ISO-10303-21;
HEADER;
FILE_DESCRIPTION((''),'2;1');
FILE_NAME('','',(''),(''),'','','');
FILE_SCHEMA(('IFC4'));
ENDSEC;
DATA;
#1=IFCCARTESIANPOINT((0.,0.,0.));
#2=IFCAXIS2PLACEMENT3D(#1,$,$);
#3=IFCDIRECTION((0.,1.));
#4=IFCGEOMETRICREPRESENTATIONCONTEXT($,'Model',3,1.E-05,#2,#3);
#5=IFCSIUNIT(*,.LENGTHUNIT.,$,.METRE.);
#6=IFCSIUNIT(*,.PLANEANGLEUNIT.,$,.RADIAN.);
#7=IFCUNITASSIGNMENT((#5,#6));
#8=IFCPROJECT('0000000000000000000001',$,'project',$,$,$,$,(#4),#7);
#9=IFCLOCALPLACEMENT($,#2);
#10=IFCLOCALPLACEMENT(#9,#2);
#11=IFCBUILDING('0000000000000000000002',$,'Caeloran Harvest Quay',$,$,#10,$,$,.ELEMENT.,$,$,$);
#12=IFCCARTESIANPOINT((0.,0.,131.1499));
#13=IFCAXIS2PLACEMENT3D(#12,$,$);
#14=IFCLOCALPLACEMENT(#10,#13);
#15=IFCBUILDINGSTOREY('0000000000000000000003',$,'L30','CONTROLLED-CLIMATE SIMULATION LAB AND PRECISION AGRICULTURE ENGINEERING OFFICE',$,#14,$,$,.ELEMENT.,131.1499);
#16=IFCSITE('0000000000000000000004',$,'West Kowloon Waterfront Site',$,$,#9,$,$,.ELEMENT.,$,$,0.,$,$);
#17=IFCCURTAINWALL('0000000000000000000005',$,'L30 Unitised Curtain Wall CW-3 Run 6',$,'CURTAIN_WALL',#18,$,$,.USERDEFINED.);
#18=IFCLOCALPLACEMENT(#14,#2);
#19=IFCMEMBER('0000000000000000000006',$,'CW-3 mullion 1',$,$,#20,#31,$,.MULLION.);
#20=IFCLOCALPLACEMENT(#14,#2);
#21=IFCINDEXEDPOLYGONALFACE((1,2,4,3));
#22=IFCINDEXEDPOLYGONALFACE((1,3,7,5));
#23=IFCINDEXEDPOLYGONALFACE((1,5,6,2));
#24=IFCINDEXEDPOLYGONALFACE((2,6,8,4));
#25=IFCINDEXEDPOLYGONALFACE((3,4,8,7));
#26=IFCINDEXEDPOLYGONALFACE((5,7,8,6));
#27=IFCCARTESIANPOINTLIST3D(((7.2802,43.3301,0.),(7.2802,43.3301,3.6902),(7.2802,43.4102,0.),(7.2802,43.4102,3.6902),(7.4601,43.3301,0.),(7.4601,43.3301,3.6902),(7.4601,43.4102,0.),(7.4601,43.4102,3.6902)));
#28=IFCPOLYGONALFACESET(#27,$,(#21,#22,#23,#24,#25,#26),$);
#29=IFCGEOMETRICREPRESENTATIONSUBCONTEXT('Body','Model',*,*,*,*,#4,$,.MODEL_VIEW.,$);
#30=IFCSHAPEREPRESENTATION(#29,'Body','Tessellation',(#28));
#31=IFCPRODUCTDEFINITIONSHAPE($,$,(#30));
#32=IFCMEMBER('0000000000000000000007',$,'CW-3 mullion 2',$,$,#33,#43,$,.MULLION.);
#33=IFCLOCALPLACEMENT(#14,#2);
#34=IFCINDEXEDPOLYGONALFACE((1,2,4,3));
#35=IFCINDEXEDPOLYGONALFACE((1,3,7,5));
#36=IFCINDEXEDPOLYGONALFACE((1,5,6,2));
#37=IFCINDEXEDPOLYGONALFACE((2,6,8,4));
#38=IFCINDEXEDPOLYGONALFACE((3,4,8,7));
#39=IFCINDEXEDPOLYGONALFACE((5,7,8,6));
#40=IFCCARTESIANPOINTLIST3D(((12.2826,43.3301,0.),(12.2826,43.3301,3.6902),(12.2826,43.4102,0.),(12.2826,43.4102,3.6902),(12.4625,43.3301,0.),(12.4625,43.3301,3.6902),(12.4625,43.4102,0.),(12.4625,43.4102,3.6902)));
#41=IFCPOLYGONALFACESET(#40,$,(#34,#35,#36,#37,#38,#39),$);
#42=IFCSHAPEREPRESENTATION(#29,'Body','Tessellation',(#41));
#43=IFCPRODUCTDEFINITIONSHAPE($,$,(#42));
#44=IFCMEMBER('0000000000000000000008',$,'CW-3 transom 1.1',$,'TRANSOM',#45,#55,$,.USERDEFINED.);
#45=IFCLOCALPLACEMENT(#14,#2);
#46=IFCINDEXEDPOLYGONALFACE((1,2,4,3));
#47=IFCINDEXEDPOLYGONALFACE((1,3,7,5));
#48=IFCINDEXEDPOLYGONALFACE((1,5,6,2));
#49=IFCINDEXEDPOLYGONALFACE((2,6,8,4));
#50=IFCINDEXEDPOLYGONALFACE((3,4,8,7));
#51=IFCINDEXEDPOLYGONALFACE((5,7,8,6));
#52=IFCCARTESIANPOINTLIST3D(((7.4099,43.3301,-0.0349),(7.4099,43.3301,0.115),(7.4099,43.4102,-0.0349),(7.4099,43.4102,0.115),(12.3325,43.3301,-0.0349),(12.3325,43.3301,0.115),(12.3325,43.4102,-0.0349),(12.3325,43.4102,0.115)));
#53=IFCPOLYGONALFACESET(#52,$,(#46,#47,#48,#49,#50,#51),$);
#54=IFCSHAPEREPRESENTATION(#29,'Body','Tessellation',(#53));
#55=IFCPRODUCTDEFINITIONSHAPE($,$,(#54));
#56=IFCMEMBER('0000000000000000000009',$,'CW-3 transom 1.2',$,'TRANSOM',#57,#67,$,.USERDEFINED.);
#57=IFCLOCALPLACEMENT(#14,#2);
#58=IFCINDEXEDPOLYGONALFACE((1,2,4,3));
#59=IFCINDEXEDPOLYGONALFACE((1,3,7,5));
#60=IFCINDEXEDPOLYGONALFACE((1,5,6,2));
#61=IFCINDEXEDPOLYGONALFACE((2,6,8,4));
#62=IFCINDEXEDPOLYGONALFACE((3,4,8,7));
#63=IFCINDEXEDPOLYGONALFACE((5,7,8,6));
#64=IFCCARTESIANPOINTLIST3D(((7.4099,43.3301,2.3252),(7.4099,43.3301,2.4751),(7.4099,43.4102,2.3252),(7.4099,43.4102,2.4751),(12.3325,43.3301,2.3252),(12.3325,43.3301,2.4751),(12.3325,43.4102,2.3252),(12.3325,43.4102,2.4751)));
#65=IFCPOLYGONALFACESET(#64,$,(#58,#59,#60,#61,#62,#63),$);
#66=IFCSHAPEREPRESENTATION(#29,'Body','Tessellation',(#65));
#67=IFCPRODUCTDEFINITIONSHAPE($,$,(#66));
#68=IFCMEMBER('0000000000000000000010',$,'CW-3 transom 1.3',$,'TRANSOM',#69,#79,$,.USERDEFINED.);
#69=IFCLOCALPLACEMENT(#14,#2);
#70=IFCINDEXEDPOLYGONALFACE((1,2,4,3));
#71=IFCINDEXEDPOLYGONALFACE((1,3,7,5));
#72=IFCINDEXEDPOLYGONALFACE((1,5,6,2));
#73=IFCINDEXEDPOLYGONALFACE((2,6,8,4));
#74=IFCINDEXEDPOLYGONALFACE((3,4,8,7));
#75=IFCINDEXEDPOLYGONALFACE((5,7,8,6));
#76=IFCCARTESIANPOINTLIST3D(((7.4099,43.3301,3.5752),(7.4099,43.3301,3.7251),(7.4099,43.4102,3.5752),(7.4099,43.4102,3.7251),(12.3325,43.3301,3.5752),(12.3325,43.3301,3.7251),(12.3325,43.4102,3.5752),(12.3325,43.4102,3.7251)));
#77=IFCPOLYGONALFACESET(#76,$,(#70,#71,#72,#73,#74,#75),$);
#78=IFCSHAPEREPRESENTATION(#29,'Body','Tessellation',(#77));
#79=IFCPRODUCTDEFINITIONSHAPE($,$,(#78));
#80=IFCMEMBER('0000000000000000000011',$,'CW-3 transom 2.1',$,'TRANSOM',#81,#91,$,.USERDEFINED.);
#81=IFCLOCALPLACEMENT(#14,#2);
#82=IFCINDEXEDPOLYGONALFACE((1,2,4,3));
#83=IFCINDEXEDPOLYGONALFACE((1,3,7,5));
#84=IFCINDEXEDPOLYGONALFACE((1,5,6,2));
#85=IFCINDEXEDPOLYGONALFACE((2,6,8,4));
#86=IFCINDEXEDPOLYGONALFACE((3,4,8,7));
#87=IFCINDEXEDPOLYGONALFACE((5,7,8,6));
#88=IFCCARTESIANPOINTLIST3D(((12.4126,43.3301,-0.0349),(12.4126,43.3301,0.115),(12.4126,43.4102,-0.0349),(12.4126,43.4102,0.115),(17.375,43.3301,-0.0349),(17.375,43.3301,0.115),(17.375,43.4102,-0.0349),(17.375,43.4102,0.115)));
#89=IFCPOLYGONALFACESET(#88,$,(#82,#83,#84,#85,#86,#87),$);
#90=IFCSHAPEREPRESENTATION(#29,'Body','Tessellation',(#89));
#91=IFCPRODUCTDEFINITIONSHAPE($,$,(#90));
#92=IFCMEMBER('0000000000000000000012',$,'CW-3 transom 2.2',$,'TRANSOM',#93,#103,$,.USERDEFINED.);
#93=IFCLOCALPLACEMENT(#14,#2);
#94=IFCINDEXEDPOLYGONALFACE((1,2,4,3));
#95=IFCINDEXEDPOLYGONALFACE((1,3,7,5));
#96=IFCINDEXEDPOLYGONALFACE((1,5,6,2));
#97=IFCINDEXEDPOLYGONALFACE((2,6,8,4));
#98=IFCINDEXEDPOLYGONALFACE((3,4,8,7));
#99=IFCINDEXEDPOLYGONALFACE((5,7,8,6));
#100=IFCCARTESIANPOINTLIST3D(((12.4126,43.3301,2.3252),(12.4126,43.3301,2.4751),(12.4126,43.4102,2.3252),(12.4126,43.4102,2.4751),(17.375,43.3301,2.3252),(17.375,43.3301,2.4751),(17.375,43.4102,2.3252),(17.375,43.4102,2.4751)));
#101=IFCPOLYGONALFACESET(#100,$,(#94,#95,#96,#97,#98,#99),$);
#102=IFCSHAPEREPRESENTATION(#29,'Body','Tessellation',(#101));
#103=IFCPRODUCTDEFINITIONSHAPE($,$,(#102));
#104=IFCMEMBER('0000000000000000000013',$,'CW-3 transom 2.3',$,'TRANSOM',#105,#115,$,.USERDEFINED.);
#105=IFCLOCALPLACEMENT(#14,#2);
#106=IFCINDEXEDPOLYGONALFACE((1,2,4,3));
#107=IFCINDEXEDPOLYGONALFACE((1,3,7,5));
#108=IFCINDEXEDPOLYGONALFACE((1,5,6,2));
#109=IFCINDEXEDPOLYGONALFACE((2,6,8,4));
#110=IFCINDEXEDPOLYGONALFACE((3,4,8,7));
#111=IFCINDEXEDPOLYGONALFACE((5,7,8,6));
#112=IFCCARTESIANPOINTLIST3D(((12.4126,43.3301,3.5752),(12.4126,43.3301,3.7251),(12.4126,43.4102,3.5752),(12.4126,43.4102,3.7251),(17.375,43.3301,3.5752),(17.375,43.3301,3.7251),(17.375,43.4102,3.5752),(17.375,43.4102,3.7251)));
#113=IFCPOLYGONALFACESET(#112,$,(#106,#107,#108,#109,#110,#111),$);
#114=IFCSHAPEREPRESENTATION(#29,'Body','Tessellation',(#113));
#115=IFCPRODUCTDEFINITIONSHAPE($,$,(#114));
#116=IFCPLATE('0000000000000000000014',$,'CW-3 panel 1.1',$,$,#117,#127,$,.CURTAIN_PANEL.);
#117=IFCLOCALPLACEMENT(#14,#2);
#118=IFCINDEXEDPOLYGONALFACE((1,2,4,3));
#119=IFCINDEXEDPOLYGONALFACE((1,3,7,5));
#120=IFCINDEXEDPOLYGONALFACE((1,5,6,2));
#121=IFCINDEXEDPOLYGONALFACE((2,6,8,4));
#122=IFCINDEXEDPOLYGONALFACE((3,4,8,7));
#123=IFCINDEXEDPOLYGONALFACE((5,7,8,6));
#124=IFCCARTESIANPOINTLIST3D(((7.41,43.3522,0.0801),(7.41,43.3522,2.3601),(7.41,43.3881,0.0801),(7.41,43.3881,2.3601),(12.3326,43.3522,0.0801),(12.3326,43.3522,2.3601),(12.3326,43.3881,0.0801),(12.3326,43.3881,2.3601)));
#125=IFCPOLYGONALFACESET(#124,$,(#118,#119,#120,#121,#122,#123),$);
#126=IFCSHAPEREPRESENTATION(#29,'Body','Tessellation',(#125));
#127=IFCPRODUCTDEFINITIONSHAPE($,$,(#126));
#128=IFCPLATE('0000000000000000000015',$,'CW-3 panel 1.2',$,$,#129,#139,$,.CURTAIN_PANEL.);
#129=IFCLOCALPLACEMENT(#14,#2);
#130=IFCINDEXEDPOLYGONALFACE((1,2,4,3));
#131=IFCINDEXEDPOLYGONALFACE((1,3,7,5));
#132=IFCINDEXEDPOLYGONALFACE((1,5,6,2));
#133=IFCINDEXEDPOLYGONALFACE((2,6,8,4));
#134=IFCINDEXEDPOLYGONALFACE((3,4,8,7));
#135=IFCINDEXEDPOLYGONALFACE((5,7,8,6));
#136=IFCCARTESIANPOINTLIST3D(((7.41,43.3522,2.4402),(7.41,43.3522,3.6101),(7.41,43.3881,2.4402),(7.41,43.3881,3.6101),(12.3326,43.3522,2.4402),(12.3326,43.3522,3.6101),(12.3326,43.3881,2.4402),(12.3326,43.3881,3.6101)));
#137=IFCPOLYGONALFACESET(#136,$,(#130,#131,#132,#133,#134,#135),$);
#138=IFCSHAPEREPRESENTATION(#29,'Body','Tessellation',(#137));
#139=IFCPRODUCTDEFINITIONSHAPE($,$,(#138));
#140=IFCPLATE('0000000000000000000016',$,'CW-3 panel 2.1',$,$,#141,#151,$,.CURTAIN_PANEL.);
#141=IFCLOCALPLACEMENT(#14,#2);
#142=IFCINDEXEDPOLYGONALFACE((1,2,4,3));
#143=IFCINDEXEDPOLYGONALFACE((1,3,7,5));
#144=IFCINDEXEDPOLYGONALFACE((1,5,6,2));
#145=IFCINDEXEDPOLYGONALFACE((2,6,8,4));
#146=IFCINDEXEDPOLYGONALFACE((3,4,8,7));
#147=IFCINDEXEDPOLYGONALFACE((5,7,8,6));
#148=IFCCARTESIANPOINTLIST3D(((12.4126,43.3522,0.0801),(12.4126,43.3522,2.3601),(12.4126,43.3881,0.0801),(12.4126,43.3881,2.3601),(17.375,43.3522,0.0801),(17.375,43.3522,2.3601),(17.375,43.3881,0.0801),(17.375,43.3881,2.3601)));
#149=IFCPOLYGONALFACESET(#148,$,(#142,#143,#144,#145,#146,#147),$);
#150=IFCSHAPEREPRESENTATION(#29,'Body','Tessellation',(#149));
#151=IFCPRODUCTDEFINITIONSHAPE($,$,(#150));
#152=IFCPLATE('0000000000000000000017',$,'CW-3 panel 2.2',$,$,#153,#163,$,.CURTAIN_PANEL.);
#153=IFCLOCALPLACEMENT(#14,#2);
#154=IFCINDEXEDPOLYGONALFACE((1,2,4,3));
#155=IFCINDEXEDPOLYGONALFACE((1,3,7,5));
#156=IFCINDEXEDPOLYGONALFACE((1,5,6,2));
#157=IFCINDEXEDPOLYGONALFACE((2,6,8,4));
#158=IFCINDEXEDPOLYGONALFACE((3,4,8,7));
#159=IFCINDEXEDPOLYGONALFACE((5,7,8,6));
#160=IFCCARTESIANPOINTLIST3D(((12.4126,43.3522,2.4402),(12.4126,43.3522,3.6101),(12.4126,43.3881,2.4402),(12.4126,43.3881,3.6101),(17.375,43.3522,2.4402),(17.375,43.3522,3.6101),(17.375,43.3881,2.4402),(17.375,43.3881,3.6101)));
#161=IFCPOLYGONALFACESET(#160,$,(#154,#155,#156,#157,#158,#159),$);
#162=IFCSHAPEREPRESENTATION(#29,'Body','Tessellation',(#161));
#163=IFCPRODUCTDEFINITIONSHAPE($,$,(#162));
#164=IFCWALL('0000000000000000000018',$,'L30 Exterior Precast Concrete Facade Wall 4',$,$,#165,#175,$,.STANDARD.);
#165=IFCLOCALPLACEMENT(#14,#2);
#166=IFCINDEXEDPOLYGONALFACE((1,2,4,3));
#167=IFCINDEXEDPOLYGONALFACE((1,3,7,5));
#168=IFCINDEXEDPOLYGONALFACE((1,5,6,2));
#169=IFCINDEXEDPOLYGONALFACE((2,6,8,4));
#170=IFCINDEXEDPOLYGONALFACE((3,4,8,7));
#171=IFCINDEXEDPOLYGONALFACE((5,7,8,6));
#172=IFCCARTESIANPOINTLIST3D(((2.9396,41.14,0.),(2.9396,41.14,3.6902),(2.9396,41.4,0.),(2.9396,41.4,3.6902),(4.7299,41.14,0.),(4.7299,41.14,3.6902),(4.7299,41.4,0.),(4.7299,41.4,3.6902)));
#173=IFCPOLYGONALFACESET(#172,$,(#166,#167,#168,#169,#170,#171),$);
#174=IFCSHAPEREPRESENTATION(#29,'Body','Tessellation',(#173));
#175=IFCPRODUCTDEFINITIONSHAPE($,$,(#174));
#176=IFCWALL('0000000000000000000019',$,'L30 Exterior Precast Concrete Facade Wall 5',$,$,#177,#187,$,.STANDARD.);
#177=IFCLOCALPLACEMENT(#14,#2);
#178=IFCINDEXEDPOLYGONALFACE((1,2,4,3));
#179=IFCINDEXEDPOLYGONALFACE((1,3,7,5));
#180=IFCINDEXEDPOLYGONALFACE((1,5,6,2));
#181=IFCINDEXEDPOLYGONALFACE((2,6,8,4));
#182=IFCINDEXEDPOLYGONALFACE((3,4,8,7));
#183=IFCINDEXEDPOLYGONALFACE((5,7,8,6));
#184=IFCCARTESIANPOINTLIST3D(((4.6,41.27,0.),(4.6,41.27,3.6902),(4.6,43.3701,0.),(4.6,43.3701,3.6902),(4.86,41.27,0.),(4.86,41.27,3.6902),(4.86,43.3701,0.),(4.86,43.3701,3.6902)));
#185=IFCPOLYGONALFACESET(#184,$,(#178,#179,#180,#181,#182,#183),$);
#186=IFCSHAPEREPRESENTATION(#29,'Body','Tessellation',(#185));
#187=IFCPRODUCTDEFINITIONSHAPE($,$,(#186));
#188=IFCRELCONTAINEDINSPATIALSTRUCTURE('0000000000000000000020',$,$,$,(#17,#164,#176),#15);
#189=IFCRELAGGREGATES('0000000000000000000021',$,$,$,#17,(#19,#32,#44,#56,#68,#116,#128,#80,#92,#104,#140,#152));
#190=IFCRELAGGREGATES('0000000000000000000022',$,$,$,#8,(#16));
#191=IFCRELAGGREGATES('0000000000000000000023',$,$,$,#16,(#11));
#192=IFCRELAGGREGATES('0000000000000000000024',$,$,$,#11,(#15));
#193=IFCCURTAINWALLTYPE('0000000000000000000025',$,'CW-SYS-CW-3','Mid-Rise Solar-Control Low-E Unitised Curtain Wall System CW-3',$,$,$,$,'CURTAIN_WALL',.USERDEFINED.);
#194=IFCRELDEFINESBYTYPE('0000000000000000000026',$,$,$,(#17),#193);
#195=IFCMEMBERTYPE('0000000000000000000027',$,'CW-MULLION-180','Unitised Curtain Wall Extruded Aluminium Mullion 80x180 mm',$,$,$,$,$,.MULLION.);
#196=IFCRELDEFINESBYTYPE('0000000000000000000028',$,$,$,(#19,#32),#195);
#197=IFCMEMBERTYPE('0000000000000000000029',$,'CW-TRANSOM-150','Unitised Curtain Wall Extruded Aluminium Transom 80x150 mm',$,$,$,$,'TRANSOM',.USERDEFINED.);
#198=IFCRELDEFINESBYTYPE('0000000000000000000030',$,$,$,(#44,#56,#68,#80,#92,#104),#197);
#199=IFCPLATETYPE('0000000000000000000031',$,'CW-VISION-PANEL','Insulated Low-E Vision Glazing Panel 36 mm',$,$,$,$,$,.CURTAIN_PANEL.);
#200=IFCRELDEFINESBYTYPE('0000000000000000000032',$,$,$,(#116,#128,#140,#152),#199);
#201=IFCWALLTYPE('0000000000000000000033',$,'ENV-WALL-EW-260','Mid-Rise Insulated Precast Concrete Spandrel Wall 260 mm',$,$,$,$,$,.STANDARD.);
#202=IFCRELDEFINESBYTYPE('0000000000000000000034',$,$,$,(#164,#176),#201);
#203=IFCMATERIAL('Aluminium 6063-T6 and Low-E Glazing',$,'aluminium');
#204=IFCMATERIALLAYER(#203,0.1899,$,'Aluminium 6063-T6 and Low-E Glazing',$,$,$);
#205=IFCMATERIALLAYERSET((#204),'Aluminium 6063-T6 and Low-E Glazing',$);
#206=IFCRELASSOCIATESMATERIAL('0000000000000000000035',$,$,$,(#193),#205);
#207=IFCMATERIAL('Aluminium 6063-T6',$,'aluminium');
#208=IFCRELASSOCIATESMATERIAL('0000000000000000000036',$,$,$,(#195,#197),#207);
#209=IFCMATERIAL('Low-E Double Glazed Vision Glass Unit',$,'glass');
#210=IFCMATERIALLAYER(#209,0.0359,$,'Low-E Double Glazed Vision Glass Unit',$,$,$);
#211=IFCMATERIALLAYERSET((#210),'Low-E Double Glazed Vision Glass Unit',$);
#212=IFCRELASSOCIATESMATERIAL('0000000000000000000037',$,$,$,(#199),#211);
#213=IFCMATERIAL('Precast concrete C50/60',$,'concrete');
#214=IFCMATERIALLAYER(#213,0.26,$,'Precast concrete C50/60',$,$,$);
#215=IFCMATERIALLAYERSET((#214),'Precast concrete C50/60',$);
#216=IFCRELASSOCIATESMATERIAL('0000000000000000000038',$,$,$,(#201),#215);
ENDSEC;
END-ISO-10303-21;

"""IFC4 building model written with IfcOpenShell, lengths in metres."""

from ifc_helpers import new_model, si_unit, direction, frame, frame_2d, origin, origin_2d, place, context, subcontext, project, spatial, rectangle, extrude, material, layer, layer_set, material_profile, profile_set, type_object, element, aggregate, save


model = new_model("IFC4")

# Units and contexts
model_context = context("Model", 3, precision=1e-05, world=origin(), true_north=direction((0.0, 1.0)))
body_context = subcontext(model_context, "Body", "Model", "MODEL_VIEW")
ifc_project = project(units=[si_unit("LENGTHUNIT", "METRE"), si_unit("PLANEANGLEUNIT", "RADIAN")], contexts=[model_context])

# Site, building, storey
site_placement = place(None, origin())
site = spatial("IfcSite", under=ifc_project, at=site_placement, Name="West Kowloon Waterfront Site", CompositionType="ELEMENT", RefElevation=0.0)
building_placement = place(site_placement, origin())
building = spatial("IfcBuilding", under=site, at=building_placement, Name="Caeloran Harvest Quay", CompositionType="ELEMENT")
storey_placement = place(building_placement, frame((0.0, 0.0, 131.1499)))
storey = spatial("IfcBuildingStorey", under=building, at=storey_placement, Name="L30", Description="CONTROLLED-CLIMATE SIMULATION LAB AND PRECISION AGRICULTURE ENGINEERING OFFICE", CompositionType="ELEMENT", Elevation=131.1499)

# Curtain wall, members, plates
ifc_material_1 = material(Name="Aluminium 6063-T6 and Low-E Glazing", Category="aluminium")
ifc_layer_1 = layer(ifc_material_1, 0.1899, Name="Aluminium 6063-T6 and Low-E Glazing")
ifc_layer_set_1 = layer_set([ifc_layer_1], Name="Aluminium 6063-T6 and Low-E Glazing")
curtain_wall_type = type_object("IfcCurtainWallType", Name="CW-SYS-CW-3", Description="Mid-Rise Solar-Control Low-E Unitised Curtain Wall System CW-3", ElementType="CURTAIN_WALL", PredefinedType="USERDEFINED", material=ifc_layer_set_1)
curtain_wall_placement = place(storey_placement, origin())
curtain_wall = element("IfcCurtainWall", 1, at=curtain_wall_placement, inside=storey, type_object=curtain_wall_type, Name="L30 Unitised Curtain Wall CW-3 Run 6", ObjectType="CURTAIN_WALL", PredefinedType="USERDEFINED")
ifc_material_2 = material(Name="Aluminium 6063-T6", Category="aluminium")
ifc_material_profile_1 = material_profile(ifc_material_2, rectangle(XDim=0.0801, YDim=0.1799, at=origin_2d()), Name="CW-MULLION-180")
ifc_profile_set_1 = profile_set([ifc_material_profile_1], Name="Aluminium 6063-T6")
member_type_1 = type_object("IfcMemberType", Name="CW-MULLION-180", Description="Unitised Curtain Wall Extruded Aluminium Mullion 80x180 mm", PredefinedType="MULLION", material=ifc_profile_set_1)
member_1_placement = place(storey_placement, frame((7.3701, 43.3701, 0.0), z_axis=(0.0, 0.0, 1.0), x_axis=(0.0, 1.0, 0.0)))
member_1 = element("IfcMember", 2, at=member_1_placement, type_object=member_type_1, Name="CW-3 mullion 1", PredefinedType="MULLION", context=body_context, shape_type="SweptSolid", body=[
    extrude(rectangle(XDim=0.0801, YDim=0.1799, at=origin_2d()), origin(), (0.0, 0.0, 1.0), 3.6902),
])
member_2_placement = place(storey_placement, frame((12.3726, 43.3701, 0.0), z_axis=(0.0, 0.0, 1.0), x_axis=(0.0, 1.0, 0.0)))
member_2 = element("IfcMember", 3, at=member_2_placement, type_object=member_type_1, Name="CW-3 mullion 2", PredefinedType="MULLION", context=body_context, shape_type="SweptSolid", body=[
    extrude(rectangle(XDim=0.0801, YDim=0.1799, at=origin_2d()), origin(), (0.0, 0.0, 1.0), 3.6902),
])
ifc_material_profile_2 = material_profile(ifc_material_2, rectangle(XDim=0.0801, YDim=0.1499, at=origin_2d()), Name="CW-TRANSOM-150")
ifc_profile_set_2 = profile_set([ifc_material_profile_2], Name="Aluminium 6063-T6")
member_type_2 = type_object("IfcMemberType", Name="CW-TRANSOM-150", Description="Unitised Curtain Wall Extruded Aluminium Transom 80x150 mm", ElementType="TRANSOM", PredefinedType="USERDEFINED", material=ifc_profile_set_2)
member_3_placement = place(storey_placement, frame((7.4099, 43.3701, 0.04), z_axis=(1.0, 0.0, 0.0), x_axis=(0.0, 1.0, 0.0)))
member_3 = element("IfcMember", 4, at=member_3_placement, type_object=member_type_2, Name="CW-3 transom 1.1", ObjectType="TRANSOM", PredefinedType="USERDEFINED", context=body_context, shape_type="SweptSolid", body=[
    extrude(rectangle(XDim=0.0801, YDim=0.1499, at=origin_2d()), origin(), (0.0, 0.0, 1.0), 4.9226),
])
member_4_placement = place(storey_placement, frame((7.4099, 43.3701, 2.4001), z_axis=(1.0, 0.0, 0.0), x_axis=(0.0, 1.0, 0.0)))
member_4 = element("IfcMember", 5, at=member_4_placement, type_object=member_type_2, Name="CW-3 transom 1.2", ObjectType="TRANSOM", PredefinedType="USERDEFINED", context=body_context, shape_type="SweptSolid", body=[
    extrude(rectangle(XDim=0.0801, YDim=0.1499, at=origin_2d()), origin(), (0.0, 0.0, 1.0), 4.9226),
])
member_5_placement = place(storey_placement, frame((7.4099, 43.3701, 3.6501), z_axis=(1.0, 0.0, 0.0), x_axis=(0.0, 1.0, 0.0)))
member_5 = element("IfcMember", 6, at=member_5_placement, type_object=member_type_2, Name="CW-3 transom 1.3", ObjectType="TRANSOM", PredefinedType="USERDEFINED", context=body_context, shape_type="SweptSolid", body=[
    extrude(rectangle(XDim=0.0801, YDim=0.1499, at=origin_2d()), origin(), (0.0, 0.0, 1.0), 4.9226),
])
member_6_placement = place(storey_placement, frame((12.4126, 43.3701, 0.04), z_axis=(1.0, 0.0, 0.0), x_axis=(0.0, 1.0, 0.0)))
member_6 = element("IfcMember", 7, at=member_6_placement, type_object=member_type_2, Name="CW-3 transom 2.1", ObjectType="TRANSOM", PredefinedType="USERDEFINED", context=body_context, shape_type="SweptSolid", body=[
    extrude(rectangle(XDim=0.0801, YDim=0.1499, at=origin_2d()), origin(), (0.0, 0.0, 1.0), 4.9624),
])
member_7_placement = place(storey_placement, frame((12.4126, 43.3701, 2.4001), z_axis=(1.0, 0.0, 0.0), x_axis=(0.0, 1.0, 0.0)))
member_7 = element("IfcMember", 8, at=member_7_placement, type_object=member_type_2, Name="CW-3 transom 2.2", ObjectType="TRANSOM", PredefinedType="USERDEFINED", context=body_context, shape_type="SweptSolid", body=[
    extrude(rectangle(XDim=0.0801, YDim=0.1499, at=origin_2d()), origin(), (0.0, 0.0, 1.0), 4.9624),
])
member_8_placement = place(storey_placement, frame((12.4126, 43.3701, 3.6501), z_axis=(1.0, 0.0, 0.0), x_axis=(0.0, 1.0, 0.0)))
member_8 = element("IfcMember", 9, at=member_8_placement, type_object=member_type_2, Name="CW-3 transom 2.3", ObjectType="TRANSOM", PredefinedType="USERDEFINED", context=body_context, shape_type="SweptSolid", body=[
    extrude(rectangle(XDim=0.0801, YDim=0.1499, at=origin_2d()), origin(), (0.0, 0.0, 1.0), 4.9624),
])
ifc_material_3 = material(Name="Low-E Double Glazed Vision Glass Unit", Category="glass")
ifc_layer_2 = layer(ifc_material_3, 0.0359, Name="Low-E Double Glazed Vision Glass Unit")
ifc_layer_set_2 = layer_set([ifc_layer_2], Name="Low-E Double Glazed Vision Glass Unit")
plate_type = type_object("IfcPlateType", Name="CW-VISION-PANEL", Description="Insulated Low-E Vision Glazing Panel 36 mm", PredefinedType="CURTAIN_PANEL", material=ifc_layer_set_2)
plate_1_placement = place(storey_placement, frame((9.8713, 43.3701, 0.0801), z_axis=(0.0, 0.0, 1.0), x_axis=(1.0, 0.0, 0.0)))
plate_1 = element("IfcPlate", 10, at=plate_1_placement, type_object=plate_type, Name="CW-3 panel 1.1", PredefinedType="CURTAIN_PANEL", context=body_context, shape_type="SweptSolid", body=[
    extrude(rectangle(XDim=4.9226, YDim=0.0359, at=origin_2d()), origin(), (0.0, 0.0, 1.0), 2.28),
])
plate_2_placement = place(storey_placement, frame((9.8713, 43.3701, 2.4402), z_axis=(0.0, 0.0, 1.0), x_axis=(1.0, 0.0, 0.0)))
plate_2 = element("IfcPlate", 11, at=plate_2_placement, type_object=plate_type, Name="CW-3 panel 1.2", PredefinedType="CURTAIN_PANEL", context=body_context, shape_type="SweptSolid", body=[
    extrude(rectangle(XDim=4.9226, YDim=0.0359, at=origin_2d()), origin(), (0.0, 0.0, 1.0), 1.1699),
])
plate_3_placement = place(storey_placement, frame((14.8938, 43.3701, 0.0801), z_axis=(0.0, 0.0, 1.0), x_axis=(1.0, 0.0, 0.0)))
plate_3 = element("IfcPlate", 12, at=plate_3_placement, type_object=plate_type, Name="CW-3 panel 2.1", PredefinedType="CURTAIN_PANEL", context=body_context, shape_type="SweptSolid", body=[
    extrude(rectangle(XDim=4.9624, YDim=0.0359, at=origin_2d()), origin(), (0.0, 0.0, 1.0), 2.28),
])
plate_4_placement = place(storey_placement, frame((14.8938, 43.3701, 2.4402), z_axis=(0.0, 0.0, 1.0), x_axis=(1.0, 0.0, 0.0)))
plate_4 = element("IfcPlate", 13, at=plate_4_placement, type_object=plate_type, Name="CW-3 panel 2.2", PredefinedType="CURTAIN_PANEL", context=body_context, shape_type="SweptSolid", body=[
    extrude(rectangle(XDim=4.9624, YDim=0.0359, at=origin_2d()), origin(), (0.0, 0.0, 1.0), 1.1699),
])
aggregate(curtain_wall, [member_1, member_2, member_3, member_4, member_5, plate_1, plate_2, member_6, member_7, member_8, plate_3, plate_4])

# Walls
ifc_material_4 = material(Name="Precast concrete C50/60", Category="concrete")
ifc_layer_3 = layer(ifc_material_4, 0.26, Name="Precast concrete C50/60")
ifc_layer_set_3 = layer_set([ifc_layer_3], Name="Precast concrete C50/60")
wall_type_1 = type_object("IfcWallType", Name="ENV-WALL-EW-260", Description="Mid-Rise Insulated Precast Concrete Spandrel Wall 260 mm", PredefinedType="STANDARD", material=ifc_layer_set_3)
wall_1_placement = place(storey_placement, frame((2.9397, 41.27, 0.0), z_axis=(0.0, 0.0, 1.0), x_axis=(1.0, 0.0, 0.0)))
element("IfcWall", 14, at=wall_1_placement, inside=storey, type_object=wall_type_1, Name="L30 Exterior Precast Concrete Facade Wall 4", PredefinedType="STANDARD", context=body_context, shape_type="SweptSolid", body=[
    extrude(rectangle(XDim=1.7903, YDim=0.26, at=frame_2d((0.895, 0.0))), origin(), (0.0, 0.0, 1.0), 3.6902),
])
wall_2_placement = place(storey_placement, frame((4.73, 41.27, 0.0), z_axis=(0.0, 0.0, 1.0), x_axis=(0.0, 1.0, 0.0)))
element("IfcWall", 15, at=wall_2_placement, inside=storey, type_object=wall_type_1, Name="L30 Exterior Precast Concrete Facade Wall 5", PredefinedType="STANDARD", context=body_context, shape_type="SweptSolid", body=[
    extrude(rectangle(XDim=2.1001, YDim=0.26, at=frame_2d((1.05, 0.0))), origin(), (0.0, 0.0, 1.0), 3.6902),
])

save(model, "model.ifc")
